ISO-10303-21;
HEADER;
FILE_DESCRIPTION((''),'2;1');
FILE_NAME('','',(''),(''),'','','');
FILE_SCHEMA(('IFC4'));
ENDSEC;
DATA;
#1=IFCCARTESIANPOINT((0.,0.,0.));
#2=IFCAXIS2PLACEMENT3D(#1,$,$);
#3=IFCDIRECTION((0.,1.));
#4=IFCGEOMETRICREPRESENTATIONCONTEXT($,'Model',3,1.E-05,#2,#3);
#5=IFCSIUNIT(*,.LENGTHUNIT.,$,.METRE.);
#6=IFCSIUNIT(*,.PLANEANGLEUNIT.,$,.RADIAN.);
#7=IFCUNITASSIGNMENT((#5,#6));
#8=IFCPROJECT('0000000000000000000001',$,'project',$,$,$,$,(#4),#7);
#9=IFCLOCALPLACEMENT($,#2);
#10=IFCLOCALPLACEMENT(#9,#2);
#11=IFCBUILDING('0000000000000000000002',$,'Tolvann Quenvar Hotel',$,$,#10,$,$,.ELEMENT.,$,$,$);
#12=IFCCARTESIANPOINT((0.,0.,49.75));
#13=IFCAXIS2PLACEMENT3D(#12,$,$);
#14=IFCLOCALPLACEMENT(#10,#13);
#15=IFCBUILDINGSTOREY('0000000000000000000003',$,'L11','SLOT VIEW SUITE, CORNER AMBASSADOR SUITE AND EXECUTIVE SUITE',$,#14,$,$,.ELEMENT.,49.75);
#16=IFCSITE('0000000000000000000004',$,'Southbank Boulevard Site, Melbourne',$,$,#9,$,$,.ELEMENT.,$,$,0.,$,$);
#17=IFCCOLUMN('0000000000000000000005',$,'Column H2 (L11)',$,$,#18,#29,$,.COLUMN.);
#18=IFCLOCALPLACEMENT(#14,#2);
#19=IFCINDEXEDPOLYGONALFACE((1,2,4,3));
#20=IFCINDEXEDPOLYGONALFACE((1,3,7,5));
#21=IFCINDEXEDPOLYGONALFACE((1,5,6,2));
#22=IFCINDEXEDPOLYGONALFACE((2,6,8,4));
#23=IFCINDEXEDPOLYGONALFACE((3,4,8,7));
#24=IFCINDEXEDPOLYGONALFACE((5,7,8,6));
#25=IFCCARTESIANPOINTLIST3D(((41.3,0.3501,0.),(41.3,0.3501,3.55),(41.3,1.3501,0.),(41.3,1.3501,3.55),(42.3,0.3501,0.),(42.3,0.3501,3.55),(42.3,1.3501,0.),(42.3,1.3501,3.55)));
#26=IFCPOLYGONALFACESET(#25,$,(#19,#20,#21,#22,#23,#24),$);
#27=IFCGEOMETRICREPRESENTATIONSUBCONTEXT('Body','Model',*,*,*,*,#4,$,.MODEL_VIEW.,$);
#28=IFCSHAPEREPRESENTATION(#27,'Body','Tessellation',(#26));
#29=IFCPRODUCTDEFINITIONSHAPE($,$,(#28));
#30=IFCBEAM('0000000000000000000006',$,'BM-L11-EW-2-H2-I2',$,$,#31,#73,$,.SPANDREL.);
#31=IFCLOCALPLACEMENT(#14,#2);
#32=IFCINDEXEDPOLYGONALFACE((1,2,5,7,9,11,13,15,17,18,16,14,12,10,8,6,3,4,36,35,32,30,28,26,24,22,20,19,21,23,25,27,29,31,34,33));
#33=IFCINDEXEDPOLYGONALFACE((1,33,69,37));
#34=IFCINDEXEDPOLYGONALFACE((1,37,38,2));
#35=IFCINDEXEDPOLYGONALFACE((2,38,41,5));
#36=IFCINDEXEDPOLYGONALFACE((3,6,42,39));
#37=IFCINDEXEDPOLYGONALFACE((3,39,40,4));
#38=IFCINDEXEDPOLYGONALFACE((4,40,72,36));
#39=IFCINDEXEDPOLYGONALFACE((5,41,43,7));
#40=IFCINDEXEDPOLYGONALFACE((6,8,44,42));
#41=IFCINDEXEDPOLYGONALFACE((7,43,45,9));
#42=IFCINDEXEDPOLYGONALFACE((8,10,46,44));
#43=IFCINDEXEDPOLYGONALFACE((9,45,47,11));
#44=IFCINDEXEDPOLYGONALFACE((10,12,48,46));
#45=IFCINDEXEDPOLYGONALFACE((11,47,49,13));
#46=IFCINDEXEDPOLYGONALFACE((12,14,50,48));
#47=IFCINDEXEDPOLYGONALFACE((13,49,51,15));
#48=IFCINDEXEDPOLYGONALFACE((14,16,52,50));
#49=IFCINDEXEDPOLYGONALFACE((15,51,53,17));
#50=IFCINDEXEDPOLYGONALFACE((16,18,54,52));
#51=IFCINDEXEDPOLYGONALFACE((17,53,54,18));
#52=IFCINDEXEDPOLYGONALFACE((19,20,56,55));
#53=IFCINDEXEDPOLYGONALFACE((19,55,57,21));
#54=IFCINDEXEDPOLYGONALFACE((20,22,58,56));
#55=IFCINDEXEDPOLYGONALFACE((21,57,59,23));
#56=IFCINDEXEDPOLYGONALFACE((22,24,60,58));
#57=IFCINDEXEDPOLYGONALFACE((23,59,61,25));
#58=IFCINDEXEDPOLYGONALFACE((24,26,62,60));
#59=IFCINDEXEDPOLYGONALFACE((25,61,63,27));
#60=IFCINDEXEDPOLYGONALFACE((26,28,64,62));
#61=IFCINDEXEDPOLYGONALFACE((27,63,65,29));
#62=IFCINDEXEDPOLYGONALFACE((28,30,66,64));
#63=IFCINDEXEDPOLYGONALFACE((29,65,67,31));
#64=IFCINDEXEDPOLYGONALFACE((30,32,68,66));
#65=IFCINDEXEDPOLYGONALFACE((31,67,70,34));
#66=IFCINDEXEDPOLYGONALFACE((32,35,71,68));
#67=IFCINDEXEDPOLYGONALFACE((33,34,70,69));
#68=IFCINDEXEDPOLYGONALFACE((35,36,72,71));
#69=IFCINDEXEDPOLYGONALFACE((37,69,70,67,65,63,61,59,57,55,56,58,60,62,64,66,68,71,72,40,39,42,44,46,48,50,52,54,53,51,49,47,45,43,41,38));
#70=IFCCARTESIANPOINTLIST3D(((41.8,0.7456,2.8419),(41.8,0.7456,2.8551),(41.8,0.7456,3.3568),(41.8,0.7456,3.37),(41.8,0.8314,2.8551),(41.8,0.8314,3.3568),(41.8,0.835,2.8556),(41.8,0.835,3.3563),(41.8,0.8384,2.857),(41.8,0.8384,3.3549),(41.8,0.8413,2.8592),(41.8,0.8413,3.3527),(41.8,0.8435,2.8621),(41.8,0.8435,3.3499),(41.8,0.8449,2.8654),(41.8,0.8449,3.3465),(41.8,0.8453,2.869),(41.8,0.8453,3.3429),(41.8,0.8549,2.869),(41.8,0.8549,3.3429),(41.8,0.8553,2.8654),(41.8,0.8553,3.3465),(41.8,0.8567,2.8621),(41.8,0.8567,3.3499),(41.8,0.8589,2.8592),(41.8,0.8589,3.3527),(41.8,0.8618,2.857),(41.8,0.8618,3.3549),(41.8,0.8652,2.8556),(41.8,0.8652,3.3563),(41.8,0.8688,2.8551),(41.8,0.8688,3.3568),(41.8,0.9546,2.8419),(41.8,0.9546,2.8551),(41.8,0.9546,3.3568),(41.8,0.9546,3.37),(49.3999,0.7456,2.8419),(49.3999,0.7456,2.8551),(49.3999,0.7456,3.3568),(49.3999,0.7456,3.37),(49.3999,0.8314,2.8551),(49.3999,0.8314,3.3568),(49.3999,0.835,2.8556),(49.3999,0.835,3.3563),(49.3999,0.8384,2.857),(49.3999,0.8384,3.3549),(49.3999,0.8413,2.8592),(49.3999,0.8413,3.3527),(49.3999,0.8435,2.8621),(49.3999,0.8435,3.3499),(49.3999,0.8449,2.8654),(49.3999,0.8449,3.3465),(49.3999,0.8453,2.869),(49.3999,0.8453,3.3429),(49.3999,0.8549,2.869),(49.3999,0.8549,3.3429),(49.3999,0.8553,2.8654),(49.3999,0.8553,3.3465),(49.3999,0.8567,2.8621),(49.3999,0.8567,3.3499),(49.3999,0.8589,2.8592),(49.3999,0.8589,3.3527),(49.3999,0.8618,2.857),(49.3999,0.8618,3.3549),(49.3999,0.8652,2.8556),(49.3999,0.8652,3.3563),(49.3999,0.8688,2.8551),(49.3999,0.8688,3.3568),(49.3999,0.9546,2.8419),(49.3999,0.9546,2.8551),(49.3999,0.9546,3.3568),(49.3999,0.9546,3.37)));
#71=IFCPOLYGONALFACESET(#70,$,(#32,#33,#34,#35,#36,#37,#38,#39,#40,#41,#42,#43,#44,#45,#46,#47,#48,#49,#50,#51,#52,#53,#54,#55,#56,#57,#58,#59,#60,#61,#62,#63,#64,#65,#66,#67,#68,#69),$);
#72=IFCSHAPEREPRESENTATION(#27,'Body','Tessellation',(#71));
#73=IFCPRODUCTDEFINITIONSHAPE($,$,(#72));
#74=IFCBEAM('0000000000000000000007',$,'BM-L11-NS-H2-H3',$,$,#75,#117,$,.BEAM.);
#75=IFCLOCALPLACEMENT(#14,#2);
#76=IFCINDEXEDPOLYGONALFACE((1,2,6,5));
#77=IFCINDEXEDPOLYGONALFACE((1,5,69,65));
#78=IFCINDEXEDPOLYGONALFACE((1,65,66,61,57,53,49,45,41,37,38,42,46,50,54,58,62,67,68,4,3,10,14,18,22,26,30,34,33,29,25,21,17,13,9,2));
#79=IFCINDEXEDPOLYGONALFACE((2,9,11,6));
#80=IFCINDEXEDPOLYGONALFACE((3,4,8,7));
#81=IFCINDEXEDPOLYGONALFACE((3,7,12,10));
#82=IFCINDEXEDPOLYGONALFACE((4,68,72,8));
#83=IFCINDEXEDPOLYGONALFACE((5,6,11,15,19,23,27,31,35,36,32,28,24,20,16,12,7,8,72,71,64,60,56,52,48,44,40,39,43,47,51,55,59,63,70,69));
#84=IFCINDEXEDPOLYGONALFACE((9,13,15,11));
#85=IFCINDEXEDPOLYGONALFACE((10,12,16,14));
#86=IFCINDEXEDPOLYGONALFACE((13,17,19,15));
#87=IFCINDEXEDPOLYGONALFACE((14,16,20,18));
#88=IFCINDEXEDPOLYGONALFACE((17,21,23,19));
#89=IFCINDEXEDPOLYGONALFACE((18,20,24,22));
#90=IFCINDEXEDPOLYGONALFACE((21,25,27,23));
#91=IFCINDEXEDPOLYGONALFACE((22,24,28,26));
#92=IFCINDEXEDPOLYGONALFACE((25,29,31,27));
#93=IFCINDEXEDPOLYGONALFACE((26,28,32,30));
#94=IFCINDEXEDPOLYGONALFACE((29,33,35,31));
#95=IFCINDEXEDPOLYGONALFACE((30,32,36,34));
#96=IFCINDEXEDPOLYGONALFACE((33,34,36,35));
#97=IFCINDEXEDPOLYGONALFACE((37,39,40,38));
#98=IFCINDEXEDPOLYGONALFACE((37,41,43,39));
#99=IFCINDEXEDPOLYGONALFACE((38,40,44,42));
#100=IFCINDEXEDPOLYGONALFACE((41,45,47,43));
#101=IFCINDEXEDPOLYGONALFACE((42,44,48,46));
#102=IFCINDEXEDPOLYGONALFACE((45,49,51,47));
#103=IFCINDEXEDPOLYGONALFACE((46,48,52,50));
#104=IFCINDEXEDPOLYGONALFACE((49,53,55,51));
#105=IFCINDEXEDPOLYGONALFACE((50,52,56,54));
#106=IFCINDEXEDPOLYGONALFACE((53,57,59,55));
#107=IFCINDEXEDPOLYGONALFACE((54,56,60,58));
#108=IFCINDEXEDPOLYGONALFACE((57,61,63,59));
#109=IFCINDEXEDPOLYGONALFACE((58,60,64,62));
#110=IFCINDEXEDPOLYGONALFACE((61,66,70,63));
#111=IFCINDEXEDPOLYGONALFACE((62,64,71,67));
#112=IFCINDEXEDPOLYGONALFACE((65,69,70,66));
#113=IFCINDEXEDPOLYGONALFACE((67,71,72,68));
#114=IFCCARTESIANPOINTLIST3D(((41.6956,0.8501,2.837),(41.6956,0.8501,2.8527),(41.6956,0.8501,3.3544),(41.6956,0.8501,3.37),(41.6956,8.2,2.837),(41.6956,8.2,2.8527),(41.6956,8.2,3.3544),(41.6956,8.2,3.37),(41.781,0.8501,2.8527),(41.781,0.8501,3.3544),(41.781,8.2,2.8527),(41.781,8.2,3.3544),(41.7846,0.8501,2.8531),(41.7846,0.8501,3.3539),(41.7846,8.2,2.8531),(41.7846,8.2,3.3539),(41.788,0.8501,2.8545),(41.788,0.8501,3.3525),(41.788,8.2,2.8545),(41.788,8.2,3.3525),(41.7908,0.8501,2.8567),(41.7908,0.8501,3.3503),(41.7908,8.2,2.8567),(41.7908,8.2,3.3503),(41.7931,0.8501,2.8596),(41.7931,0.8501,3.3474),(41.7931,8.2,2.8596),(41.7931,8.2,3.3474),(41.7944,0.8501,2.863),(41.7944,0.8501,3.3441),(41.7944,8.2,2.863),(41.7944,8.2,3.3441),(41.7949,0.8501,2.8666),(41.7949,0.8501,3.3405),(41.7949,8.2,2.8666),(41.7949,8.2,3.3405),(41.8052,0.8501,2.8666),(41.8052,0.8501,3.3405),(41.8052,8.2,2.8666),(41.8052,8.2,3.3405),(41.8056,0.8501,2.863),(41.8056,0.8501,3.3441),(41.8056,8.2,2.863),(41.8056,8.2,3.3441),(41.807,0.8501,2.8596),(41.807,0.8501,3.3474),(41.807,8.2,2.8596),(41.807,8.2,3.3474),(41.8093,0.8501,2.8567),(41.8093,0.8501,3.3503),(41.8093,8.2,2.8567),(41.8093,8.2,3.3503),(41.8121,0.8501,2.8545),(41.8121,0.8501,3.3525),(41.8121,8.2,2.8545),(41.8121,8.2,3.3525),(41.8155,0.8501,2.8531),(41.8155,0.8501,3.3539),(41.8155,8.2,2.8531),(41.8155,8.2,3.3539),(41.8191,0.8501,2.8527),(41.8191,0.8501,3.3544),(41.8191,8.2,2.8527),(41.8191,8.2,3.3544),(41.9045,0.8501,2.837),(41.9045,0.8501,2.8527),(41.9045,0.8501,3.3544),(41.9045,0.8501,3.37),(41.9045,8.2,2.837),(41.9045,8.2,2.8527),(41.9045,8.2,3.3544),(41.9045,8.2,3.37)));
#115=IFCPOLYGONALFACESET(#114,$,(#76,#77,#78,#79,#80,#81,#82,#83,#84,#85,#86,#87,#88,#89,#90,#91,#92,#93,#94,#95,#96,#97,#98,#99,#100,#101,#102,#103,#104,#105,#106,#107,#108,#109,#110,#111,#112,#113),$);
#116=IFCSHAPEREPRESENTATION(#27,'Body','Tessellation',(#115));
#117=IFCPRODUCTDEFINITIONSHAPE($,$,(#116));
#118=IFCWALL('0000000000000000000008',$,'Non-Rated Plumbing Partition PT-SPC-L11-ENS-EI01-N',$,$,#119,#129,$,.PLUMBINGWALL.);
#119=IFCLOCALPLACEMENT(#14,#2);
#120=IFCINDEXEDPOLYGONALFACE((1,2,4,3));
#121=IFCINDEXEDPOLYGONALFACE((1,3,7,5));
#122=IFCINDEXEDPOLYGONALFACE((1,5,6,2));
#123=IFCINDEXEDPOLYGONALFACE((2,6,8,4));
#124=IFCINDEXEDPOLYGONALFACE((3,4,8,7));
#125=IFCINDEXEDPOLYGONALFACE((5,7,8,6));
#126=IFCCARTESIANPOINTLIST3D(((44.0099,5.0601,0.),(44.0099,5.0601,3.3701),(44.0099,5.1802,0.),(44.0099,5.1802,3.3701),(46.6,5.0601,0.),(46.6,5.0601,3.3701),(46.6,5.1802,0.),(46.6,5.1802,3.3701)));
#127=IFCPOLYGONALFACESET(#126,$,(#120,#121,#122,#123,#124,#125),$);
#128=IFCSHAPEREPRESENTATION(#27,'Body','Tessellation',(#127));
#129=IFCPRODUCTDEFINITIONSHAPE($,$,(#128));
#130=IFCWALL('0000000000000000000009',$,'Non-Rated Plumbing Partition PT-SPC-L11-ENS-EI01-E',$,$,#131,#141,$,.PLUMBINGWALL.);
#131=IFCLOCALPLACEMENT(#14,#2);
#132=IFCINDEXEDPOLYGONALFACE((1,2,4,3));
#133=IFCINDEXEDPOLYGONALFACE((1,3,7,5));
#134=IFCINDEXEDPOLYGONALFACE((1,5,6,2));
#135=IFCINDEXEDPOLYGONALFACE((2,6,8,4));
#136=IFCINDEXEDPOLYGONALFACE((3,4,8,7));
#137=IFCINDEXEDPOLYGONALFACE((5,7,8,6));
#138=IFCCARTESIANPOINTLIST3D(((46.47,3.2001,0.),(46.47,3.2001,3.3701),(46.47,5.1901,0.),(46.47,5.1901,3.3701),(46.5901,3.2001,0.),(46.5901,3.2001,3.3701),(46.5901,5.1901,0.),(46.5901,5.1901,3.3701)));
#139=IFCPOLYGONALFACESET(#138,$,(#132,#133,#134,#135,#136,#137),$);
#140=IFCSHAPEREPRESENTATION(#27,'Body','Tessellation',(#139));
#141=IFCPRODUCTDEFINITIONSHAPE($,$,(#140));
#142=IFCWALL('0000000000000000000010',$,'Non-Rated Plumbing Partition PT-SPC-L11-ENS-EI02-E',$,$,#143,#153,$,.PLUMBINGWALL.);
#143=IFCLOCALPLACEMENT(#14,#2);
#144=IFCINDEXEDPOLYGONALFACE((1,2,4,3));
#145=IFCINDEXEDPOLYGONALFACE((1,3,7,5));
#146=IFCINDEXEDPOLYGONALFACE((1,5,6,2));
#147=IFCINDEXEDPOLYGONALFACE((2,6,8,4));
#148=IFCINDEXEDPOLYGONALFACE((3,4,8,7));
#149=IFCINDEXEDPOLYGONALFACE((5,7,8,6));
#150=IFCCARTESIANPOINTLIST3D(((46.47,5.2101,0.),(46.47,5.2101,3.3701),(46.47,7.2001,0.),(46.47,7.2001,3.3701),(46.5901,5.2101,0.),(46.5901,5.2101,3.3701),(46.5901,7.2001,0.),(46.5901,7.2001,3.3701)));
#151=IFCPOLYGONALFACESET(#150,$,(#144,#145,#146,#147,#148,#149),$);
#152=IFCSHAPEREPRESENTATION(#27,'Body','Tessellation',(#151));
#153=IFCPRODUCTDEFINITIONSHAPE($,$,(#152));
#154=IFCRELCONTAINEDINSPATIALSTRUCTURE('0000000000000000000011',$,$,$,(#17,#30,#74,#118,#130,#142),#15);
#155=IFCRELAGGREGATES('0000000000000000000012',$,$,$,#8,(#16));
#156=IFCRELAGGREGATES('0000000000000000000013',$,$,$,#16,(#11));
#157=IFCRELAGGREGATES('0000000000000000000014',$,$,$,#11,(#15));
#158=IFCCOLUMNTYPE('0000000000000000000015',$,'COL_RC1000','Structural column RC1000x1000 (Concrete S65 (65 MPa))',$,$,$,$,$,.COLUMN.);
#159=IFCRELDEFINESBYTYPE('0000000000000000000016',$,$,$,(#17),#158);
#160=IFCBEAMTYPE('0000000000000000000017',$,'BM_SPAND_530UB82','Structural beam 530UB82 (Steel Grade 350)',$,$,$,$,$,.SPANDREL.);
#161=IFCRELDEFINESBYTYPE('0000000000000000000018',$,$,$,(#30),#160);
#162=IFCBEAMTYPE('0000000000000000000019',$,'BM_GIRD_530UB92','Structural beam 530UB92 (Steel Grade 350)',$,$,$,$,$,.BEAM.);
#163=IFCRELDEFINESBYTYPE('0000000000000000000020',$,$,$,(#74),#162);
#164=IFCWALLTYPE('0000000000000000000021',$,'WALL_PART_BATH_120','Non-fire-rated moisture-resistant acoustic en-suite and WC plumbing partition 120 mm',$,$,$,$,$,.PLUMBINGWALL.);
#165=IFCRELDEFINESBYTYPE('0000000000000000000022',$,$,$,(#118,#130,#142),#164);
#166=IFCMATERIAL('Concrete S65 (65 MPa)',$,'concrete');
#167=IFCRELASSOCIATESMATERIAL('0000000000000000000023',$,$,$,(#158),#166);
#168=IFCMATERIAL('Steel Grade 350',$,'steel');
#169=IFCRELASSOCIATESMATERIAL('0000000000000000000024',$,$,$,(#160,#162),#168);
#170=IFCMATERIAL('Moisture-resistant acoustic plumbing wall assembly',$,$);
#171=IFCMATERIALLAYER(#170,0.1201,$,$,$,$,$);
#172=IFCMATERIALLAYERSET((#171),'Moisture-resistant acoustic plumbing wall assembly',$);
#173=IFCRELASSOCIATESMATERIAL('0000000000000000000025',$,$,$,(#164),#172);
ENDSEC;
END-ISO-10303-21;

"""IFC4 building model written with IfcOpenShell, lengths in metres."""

from ifc_helpers import new_model, si_unit, direction, frame, frame_2d, origin, origin_2d, place, context, subcontext, project, spatial, rectangle, i_section, extrude, source, transform, mapped, material, layer, layer_set, material_profile, profile_set, type_object, type_shapes, element, save


model = new_model("IFC4")

# Units and contexts
model_context = context("Model", 3, precision=1e-05, world=origin(), true_north=direction((0.0, 1.0)))
body_context = subcontext(model_context, "Body", "Model", "MODEL_VIEW")
ifc_project = project(units=[si_unit("LENGTHUNIT", "METRE"), si_unit("PLANEANGLEUNIT", "RADIAN")], contexts=[model_context])

# Site, building, storey
site_placement = place(None, origin())
site = spatial("IfcSite", under=ifc_project, at=site_placement, Name="Southbank Boulevard Site, Melbourne", CompositionType="ELEMENT", RefElevation=0.0)
building_placement = place(site_placement, origin())
building = spatial("IfcBuilding", under=site, at=building_placement, Name="Tolvann Quenvar Hotel", CompositionType="ELEMENT")
storey_placement = place(building_placement, frame((0.0, 0.0, 49.75)))
storey = spatial("IfcBuildingStorey", under=building, at=storey_placement, Name="L11", Description="SLOT VIEW SUITE, CORNER AMBASSADOR SUITE AND EXECUTIVE SUITE", CompositionType="ELEMENT", Elevation=49.75)

# Column
ifc_material_1 = material(Name="Concrete S65 (65 MPa)", Category="concrete")
ifc_material_profile_1 = material_profile(ifc_material_1, rectangle(XDim=1.0, YDim=1.0, at=origin_2d()), Name="RC1000x1000")
ifc_profile_set_1 = profile_set([ifc_material_profile_1], Name="Concrete S65 (65 MPa)")
column_type = type_object("IfcColumnType", Name="COL_RC1000", Description="Structural column RC1000x1000 (Concrete S65 (65 MPa))", PredefinedType="COLUMN", material=ifc_profile_set_1)
shared_shape_1 = source(origin(), body_context, "Body", "SweptSolid", [
    extrude(rectangle(XDim=1.0, YDim=1.0, at=origin_2d()), origin(), (0.0, 0.0, 1.0), 3.55),
])
type_shapes(column_type, [shared_shape_1])
column_placement = place(storey_placement, frame((41.8, 0.8501, 0.0), z_axis=(0.0, 0.0, 1.0), x_axis=(1.0, 0.0, 0.0)))
element("IfcColumn", 1, at=column_placement, inside=storey, type_object=column_type, Name="Column H2 (L11)", PredefinedType="COLUMN", context=body_context, shape_type="MappedRepresentation", body=[
    mapped(shared_shape_1, transform((0.0, 0.0, 0.0), x_axis=(1.0, 0.0, 0.0), y_axis=(0.0, 1.0, 0.0), z_axis=(0.0, 0.0, 1.0), scale=1.0)),
])

# Beams
ifc_material_2 = material(Name="Steel Grade 350", Category="steel")
ifc_material_profile_2 = material_profile(ifc_material_2, i_section(OverallWidth=0.209, OverallDepth=0.5281, WebThickness=0.0095, FlangeThickness=0.0132, FilletRadius=0.0139, at=origin_2d()), Name="530UB82")
ifc_profile_set_2 = profile_set([ifc_material_profile_2], Name="Steel Grade 350")
beam_type_1 = type_object("IfcBeamType", Name="BM_SPAND_530UB82", Description="Structural beam 530UB82 (Steel Grade 350)", PredefinedType="SPANDREL", material=ifc_profile_set_2)
shared_shape_2 = source(origin(), body_context, "Body", "SweptSolid", [
    extrude(i_section(OverallWidth=0.209, OverallDepth=0.5281, WebThickness=0.0095, FlangeThickness=0.0132, FilletRadius=0.0139, at=origin_2d()), origin(), (0.0, 0.0, 1.0), 7.5999),
])
type_shapes(beam_type_1, [shared_shape_2])
beam_1_placement = place(storey_placement, frame((41.8, 0.8501, 3.106), z_axis=(1.0, 0.0, 0.0), x_axis=(0.0, 1.0, 0.0)))
element("IfcBeam", 2, at=beam_1_placement, inside=storey, type_object=beam_type_1, Name="BM-L11-EW-2-H2-I2", PredefinedType="SPANDREL", context=body_context, shape_type="MappedRepresentation", body=[
    mapped(shared_shape_2, transform((0.0, 0.0, 0.0), x_axis=(1.0, 0.0, 0.0), y_axis=(0.0, 1.0, 0.0), z_axis=(0.0, 0.0, 1.0), scale=1.0)),
])
ifc_material_profile_3 = material_profile(ifc_material_2, i_section(OverallWidth=0.209, OverallDepth=0.533, WebThickness=0.0103, FlangeThickness=0.0156, FilletRadius=0.0139, at=origin_2d()), Name="530UB92")
ifc_profile_set_3 = profile_set([ifc_material_profile_3], Name="Steel Grade 350")
beam_type_2 = type_object("IfcBeamType", Name="BM_GIRD_530UB92", Description="Structural beam 530UB92 (Steel Grade 350)", PredefinedType="BEAM", material=ifc_profile_set_3)
shared_shape_3 = source(origin(), body_context, "Body", "SweptSolid", [
    extrude(i_section(OverallWidth=0.209, OverallDepth=0.533, WebThickness=0.0103, FlangeThickness=0.0156, FilletRadius=0.0139, at=origin_2d()), origin(), (0.0, 0.0, 1.0), 7.3499),
])
type_shapes(beam_type_2, [shared_shape_3])
beam_2_placement = place(storey_placement, frame((41.8, 0.8501, 3.1035), z_axis=(0.0, 1.0, 0.0), x_axis=(-1.0, 0.0, 0.0)))
element("IfcBeam", 3, at=beam_2_placement, inside=storey, type_object=beam_type_2, Name="BM-L11-NS-H2-H3", PredefinedType="BEAM", context=body_context, shape_type="MappedRepresentation", body=[
    mapped(shared_shape_3, transform((0.0, 0.0, 0.0), x_axis=(1.0, 0.0, 0.0), y_axis=(0.0, 1.0, 0.0), z_axis=(0.0, 0.0, 1.0), scale=1.0)),
])

# Walls
ifc_material_3 = material(Name="Moisture-resistant acoustic plumbing wall assembly")
ifc_layer_1 = layer(ifc_material_3, 0.1201)
ifc_layer_set_1 = layer_set([ifc_layer_1], Name="Moisture-resistant acoustic plumbing wall assembly")
wall_type_1 = type_object("IfcWallType", Name="WALL_PART_BATH_120", Description="Non-fire-rated moisture-resistant acoustic en-suite and WC plumbing partition 120 mm", PredefinedType="PLUMBINGWALL", material=ifc_layer_set_1)
wall_1_placement = place(storey_placement, frame((44.01, 5.1201, 0.0), z_axis=(0.0, 0.0, 1.0), x_axis=(1.0, 0.0, 0.0)))
element("IfcWall", 4, at=wall_1_placement, inside=storey, type_object=wall_type_1, Name="Non-Rated Plumbing Partition PT-SPC-L11-ENS-EI01-N", PredefinedType="PLUMBINGWALL", context=body_context, shape_type="SweptSolid", body=[
    extrude(rectangle(XDim=2.5901, YDim=0.1201, at=frame_2d((1.2949, 0.0))), origin(), (0.0, 0.0, 1.0), 3.3701),
])
for number, where, z_axis, x_axis, name in (
    (5, (46.53, 3.2, 0.0), (0.0, 0.0, 1.0), (0.0, 1.0, 0.0), "Non-Rated Plumbing Partition PT-SPC-L11-ENS-EI01-E"),
    (6, (46.53, 5.21, 0.0), (0.0, 0.0, 1.0), (0.0, 1.0, 0.0), "Non-Rated Plumbing Partition PT-SPC-L11-ENS-EI02-E"),
):
    element("IfcWall", number, at=place(storey_placement, frame(where, z_axis=z_axis, x_axis=x_axis)), inside=storey, type_object=wall_type_1, Name=name, PredefinedType="PLUMBINGWALL", context=body_context, shape_type="SweptSolid", body=[
        extrude(rectangle(XDim=1.99, YDim=0.1201, at=frame_2d((0.9951, 0.0))), origin(), (0.0, 0.0, 1.0), 3.3701),
    ])

save(model, "model.ifc")
